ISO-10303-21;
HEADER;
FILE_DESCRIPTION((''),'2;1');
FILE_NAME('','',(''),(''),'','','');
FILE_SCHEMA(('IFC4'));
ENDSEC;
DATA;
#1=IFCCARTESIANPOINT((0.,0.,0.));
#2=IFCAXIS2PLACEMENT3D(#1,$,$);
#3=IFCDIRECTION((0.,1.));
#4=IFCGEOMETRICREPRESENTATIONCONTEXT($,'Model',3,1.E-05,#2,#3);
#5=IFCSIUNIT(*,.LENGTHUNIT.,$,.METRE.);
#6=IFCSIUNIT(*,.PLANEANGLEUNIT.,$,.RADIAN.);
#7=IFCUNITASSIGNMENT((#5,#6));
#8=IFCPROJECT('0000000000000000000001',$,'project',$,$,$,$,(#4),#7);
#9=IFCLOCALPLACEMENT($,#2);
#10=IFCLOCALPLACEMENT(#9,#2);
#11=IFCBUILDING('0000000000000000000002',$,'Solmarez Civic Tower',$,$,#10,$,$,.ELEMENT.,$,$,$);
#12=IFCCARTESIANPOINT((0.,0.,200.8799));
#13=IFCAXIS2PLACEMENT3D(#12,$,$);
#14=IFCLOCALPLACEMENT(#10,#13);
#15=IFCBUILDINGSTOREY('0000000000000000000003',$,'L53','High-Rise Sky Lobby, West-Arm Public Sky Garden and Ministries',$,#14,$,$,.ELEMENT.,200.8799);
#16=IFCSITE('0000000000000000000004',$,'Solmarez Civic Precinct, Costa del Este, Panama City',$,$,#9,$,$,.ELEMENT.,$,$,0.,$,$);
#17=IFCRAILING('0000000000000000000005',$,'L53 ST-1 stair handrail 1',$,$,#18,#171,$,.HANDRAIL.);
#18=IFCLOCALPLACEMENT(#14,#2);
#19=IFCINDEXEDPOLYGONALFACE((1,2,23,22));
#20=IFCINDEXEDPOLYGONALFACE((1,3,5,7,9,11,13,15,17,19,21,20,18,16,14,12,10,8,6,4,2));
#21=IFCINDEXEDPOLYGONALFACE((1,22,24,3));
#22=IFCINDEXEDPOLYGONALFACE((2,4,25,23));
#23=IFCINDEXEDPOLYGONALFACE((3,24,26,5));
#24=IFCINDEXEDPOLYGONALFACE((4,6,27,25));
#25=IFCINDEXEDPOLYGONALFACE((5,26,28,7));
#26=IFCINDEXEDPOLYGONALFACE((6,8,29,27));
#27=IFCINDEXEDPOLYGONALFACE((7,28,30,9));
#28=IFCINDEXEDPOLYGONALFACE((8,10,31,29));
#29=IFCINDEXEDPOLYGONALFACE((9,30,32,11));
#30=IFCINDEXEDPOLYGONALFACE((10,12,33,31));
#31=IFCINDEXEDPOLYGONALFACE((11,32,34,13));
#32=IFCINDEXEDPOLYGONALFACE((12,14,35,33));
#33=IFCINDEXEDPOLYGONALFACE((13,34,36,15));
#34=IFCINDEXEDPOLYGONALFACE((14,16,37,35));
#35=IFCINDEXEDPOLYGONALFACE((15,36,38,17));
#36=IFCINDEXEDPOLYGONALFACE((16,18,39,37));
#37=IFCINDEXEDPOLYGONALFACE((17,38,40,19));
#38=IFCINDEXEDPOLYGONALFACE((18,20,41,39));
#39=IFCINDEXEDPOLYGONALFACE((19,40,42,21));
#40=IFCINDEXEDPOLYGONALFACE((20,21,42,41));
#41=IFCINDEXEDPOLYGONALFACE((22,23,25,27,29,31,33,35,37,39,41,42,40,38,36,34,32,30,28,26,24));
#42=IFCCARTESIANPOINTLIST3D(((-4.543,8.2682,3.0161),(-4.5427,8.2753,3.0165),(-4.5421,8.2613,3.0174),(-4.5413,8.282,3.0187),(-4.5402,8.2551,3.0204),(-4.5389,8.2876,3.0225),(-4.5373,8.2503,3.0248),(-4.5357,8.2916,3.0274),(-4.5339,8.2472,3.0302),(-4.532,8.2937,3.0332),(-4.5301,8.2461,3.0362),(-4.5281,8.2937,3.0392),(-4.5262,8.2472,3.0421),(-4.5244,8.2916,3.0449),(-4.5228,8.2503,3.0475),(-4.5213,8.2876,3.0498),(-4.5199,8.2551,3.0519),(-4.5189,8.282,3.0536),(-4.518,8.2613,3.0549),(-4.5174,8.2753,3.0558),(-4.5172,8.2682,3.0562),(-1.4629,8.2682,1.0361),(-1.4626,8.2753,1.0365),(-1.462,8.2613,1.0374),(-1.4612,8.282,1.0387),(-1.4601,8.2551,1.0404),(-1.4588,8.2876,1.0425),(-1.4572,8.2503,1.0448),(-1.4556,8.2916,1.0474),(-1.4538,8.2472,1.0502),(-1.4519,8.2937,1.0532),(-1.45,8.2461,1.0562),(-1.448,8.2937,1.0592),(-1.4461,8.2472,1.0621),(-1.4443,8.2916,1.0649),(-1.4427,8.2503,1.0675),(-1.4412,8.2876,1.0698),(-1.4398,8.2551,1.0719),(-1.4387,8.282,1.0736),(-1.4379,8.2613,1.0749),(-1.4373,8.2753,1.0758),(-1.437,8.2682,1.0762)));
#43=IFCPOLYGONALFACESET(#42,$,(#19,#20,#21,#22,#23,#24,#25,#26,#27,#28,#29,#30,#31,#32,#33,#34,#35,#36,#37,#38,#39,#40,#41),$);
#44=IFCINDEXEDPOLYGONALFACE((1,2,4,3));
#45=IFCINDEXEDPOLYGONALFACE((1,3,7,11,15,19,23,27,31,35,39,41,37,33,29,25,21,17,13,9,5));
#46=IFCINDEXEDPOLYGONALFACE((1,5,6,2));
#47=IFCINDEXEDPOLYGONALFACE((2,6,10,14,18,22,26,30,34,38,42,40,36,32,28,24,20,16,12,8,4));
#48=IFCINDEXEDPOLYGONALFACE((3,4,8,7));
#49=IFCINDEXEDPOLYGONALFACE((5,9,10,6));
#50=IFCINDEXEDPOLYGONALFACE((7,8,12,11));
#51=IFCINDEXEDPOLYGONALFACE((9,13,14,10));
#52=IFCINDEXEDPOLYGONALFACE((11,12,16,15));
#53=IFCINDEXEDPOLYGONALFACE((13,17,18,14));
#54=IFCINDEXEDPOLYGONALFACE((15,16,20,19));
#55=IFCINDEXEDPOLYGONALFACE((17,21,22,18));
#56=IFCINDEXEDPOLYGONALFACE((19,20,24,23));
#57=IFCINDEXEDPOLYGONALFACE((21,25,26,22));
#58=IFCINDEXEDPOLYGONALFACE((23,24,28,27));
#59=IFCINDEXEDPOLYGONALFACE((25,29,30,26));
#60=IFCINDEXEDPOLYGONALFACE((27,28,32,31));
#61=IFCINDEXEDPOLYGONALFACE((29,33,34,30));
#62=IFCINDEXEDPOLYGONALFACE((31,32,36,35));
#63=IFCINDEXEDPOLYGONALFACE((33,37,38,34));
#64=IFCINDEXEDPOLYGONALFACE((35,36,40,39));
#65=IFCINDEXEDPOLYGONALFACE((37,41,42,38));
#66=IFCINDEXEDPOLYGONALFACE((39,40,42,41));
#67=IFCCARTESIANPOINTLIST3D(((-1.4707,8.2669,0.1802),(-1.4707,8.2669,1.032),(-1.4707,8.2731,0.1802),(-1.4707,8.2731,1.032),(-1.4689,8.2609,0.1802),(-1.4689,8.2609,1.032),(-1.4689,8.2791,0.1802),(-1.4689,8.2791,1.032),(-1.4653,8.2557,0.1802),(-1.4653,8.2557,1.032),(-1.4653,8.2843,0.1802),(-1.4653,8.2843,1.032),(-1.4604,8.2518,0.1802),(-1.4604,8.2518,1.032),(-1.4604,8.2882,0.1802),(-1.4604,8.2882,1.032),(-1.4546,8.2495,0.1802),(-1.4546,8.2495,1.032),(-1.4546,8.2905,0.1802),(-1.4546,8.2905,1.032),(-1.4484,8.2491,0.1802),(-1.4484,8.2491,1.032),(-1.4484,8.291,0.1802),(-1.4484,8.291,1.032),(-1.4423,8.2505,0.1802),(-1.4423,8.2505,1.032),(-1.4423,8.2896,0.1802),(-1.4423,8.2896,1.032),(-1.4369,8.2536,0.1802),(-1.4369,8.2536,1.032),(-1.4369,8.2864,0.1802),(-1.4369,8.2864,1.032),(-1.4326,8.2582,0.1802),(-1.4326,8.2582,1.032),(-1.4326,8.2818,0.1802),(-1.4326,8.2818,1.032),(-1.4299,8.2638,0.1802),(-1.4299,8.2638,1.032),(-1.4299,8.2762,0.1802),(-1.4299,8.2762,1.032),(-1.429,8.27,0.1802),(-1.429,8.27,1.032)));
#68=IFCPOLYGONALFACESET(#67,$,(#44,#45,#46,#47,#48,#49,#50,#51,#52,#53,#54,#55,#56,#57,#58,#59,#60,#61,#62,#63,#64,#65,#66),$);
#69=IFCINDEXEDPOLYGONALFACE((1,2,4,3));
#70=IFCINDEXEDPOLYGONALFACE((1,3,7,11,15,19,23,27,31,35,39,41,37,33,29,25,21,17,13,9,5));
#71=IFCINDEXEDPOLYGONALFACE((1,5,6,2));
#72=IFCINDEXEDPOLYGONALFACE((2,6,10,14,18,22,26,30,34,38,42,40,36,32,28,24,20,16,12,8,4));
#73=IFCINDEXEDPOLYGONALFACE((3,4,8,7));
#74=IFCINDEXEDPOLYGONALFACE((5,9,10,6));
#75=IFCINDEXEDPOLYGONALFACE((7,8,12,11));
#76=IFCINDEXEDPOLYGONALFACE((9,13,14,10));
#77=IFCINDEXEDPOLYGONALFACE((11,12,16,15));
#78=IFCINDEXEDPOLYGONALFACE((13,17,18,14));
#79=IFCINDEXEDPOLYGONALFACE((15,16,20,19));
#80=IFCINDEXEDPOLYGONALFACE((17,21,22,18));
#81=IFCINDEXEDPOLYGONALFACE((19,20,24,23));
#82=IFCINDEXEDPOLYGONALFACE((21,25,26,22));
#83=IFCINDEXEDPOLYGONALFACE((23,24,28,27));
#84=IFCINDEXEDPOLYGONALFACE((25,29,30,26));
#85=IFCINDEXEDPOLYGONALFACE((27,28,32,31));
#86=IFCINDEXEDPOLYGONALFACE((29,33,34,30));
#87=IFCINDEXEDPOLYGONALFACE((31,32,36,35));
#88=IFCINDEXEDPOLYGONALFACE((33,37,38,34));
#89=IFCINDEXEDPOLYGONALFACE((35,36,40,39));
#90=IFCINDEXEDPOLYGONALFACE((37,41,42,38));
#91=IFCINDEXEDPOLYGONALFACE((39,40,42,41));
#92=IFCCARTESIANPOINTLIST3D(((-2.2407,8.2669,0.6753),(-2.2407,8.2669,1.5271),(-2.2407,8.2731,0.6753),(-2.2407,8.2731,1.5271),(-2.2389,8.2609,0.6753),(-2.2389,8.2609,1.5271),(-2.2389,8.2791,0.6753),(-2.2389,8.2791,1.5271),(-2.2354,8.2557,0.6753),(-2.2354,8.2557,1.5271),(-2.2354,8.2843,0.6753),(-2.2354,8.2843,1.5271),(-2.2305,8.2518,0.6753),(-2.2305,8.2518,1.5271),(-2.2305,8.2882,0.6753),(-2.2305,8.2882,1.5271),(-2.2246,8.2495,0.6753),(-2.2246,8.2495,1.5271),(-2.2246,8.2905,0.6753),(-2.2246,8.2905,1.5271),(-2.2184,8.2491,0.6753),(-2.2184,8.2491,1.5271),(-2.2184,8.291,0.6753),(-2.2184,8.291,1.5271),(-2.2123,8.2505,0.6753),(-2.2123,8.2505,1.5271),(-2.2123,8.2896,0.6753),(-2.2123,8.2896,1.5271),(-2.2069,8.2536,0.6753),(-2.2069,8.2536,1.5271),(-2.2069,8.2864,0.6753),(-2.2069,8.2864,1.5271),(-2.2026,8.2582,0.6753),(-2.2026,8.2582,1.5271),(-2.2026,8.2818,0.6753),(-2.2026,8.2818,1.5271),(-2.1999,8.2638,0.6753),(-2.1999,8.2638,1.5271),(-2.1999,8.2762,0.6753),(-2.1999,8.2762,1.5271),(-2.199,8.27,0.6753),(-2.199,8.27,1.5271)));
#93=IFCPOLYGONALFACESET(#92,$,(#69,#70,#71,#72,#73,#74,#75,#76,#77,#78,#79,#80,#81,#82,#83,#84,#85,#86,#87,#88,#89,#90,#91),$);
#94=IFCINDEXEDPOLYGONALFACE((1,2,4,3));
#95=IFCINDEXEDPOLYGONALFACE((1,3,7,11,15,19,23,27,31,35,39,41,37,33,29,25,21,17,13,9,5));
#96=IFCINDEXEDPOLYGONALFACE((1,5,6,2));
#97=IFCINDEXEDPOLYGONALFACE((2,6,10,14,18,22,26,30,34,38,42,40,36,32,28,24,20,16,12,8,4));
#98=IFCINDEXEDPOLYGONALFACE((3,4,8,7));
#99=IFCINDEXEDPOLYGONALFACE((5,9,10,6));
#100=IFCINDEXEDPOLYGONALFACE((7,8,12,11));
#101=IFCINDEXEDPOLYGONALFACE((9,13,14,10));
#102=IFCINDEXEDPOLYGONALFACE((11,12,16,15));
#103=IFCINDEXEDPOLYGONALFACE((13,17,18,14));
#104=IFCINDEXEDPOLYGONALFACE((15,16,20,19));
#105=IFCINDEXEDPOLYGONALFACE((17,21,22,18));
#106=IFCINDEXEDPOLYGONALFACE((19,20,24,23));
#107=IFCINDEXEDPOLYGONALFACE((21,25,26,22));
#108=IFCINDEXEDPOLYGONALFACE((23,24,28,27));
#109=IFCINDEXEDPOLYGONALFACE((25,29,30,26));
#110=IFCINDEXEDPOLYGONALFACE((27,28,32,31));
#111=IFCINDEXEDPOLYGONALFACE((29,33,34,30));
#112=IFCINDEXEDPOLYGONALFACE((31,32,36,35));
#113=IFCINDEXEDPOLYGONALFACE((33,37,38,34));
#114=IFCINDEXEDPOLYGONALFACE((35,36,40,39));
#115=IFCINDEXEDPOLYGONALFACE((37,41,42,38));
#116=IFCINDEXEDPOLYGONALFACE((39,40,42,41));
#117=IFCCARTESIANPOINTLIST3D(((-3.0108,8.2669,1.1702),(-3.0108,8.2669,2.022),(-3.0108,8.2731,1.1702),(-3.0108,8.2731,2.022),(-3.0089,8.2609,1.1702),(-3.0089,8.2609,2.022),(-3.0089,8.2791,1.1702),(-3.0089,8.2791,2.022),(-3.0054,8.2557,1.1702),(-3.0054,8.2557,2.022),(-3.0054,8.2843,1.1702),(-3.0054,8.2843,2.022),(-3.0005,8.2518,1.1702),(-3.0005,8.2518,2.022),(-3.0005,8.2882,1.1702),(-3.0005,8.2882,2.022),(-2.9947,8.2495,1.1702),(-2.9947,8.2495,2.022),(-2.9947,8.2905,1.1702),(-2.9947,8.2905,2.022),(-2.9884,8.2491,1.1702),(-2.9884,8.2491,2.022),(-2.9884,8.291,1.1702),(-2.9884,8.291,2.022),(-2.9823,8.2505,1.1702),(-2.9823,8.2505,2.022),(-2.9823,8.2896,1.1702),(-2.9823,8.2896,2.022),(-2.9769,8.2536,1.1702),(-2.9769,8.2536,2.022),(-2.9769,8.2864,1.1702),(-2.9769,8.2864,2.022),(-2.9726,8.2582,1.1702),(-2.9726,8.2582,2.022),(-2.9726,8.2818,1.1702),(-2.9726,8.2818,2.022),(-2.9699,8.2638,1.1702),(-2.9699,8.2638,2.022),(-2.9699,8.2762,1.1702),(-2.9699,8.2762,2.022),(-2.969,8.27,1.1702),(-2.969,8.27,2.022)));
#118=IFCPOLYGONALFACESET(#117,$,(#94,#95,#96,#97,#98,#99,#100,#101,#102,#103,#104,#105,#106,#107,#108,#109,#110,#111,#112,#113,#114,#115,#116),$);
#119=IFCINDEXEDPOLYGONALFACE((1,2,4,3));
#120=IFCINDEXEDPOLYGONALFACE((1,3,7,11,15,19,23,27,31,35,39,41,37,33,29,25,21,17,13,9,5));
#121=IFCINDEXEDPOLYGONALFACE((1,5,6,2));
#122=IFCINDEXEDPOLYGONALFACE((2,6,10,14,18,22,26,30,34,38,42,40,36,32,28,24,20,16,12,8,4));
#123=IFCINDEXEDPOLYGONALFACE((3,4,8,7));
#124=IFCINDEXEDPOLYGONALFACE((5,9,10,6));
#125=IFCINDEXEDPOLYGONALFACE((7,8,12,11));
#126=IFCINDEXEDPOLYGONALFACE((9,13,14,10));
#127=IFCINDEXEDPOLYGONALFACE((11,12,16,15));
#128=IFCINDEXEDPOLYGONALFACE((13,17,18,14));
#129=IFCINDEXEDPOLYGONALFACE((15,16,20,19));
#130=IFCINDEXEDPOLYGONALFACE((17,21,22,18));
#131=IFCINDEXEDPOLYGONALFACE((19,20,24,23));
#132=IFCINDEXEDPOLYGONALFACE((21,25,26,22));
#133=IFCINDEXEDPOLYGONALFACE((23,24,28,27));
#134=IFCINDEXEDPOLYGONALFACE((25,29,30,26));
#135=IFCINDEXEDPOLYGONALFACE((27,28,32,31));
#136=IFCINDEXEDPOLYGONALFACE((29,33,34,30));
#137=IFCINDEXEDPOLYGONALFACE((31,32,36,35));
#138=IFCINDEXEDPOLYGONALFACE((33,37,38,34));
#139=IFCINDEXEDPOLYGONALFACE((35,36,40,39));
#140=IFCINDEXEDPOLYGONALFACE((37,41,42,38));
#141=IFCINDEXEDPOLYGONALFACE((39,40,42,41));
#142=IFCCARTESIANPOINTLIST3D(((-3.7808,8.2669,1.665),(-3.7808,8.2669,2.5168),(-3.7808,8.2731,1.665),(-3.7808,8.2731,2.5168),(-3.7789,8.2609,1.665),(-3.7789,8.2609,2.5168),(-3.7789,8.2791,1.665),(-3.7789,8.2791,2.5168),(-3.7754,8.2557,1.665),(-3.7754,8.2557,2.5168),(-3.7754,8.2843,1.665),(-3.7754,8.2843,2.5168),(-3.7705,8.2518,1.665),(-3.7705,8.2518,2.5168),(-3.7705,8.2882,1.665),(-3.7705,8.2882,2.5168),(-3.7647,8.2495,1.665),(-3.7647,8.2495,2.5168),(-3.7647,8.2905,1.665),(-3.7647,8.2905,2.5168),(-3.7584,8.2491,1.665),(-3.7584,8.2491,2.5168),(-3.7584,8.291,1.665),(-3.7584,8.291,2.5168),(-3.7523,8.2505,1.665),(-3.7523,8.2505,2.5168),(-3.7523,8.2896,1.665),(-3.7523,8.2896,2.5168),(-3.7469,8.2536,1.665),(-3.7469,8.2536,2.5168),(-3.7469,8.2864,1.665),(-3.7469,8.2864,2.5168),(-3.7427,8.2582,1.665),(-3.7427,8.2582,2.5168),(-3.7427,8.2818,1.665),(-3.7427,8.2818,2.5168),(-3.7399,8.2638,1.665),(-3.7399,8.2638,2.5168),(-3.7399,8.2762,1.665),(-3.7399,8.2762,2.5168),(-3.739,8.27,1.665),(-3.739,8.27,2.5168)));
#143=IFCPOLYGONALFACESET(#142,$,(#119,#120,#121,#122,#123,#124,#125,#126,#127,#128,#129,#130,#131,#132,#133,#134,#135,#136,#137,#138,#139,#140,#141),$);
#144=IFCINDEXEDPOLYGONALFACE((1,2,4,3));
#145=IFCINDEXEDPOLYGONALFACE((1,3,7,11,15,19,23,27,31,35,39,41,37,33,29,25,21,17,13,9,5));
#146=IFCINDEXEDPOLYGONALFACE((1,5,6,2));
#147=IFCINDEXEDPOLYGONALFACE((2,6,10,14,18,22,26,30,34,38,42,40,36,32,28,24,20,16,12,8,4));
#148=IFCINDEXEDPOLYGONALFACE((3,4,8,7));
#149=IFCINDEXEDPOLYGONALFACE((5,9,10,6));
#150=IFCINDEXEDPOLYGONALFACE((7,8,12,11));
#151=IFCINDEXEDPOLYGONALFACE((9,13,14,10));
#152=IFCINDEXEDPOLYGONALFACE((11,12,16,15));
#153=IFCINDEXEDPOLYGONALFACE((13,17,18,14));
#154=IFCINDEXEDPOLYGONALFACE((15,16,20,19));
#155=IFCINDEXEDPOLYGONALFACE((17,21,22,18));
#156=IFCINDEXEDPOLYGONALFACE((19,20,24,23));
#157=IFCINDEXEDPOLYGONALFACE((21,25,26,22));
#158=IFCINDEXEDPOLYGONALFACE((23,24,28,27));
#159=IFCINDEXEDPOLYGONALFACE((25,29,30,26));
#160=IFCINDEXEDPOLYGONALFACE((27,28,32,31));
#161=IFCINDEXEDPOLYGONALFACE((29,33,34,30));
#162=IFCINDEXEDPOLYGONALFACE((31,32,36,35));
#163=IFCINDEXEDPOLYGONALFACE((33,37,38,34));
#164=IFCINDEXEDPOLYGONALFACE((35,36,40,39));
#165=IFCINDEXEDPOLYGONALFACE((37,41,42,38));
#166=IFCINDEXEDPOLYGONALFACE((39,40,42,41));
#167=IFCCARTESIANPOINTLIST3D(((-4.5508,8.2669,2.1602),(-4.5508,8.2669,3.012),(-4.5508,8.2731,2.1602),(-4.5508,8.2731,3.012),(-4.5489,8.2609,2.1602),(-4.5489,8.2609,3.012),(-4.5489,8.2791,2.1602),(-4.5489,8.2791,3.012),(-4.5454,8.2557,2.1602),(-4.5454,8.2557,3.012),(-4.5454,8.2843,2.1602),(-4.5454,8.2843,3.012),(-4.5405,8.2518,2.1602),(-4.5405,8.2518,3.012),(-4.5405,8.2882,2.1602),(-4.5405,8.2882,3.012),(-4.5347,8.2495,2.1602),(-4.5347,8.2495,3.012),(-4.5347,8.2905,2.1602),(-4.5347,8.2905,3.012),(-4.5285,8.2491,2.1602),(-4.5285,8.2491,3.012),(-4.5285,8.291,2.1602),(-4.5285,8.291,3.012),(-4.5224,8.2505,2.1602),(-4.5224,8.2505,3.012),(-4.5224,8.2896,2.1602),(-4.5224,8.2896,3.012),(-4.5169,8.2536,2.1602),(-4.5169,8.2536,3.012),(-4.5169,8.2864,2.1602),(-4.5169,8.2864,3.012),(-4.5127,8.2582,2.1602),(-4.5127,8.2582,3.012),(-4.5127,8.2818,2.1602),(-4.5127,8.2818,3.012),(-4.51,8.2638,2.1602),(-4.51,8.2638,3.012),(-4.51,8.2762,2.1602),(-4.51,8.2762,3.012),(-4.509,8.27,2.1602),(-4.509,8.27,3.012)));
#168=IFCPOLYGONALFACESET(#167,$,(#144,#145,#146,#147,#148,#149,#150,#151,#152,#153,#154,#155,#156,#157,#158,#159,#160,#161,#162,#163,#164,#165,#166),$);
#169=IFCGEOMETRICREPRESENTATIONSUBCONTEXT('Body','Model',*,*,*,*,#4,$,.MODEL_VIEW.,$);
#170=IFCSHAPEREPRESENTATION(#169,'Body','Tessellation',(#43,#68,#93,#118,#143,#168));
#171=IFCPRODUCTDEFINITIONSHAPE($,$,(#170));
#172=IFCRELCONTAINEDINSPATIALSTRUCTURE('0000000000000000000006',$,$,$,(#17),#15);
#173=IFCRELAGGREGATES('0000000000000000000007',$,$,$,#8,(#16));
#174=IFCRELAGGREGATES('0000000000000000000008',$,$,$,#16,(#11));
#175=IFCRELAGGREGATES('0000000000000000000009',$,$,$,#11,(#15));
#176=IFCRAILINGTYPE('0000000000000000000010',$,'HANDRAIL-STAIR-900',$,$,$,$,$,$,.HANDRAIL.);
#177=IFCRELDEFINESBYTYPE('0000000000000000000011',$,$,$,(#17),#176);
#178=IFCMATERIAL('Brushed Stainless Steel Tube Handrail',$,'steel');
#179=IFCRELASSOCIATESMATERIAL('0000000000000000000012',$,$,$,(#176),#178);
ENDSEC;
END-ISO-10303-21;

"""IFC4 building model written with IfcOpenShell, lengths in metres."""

from ifc_helpers import new_model, si_unit, direction, frame, origin, origin_2d, place, context, subcontext, project, spatial, circle, extrude, material, type_object, element, save


model = new_model("IFC4")

# Units and contexts
model_context = context("Model", 3, precision=1e-05, world=origin(), true_north=direction((0.0, 1.0)))
body_context = subcontext(model_context, "Body", "Model", "MODEL_VIEW")
ifc_project = project(units=[si_unit("LENGTHUNIT", "METRE"), si_unit("PLANEANGLEUNIT", "RADIAN")], contexts=[model_context])

# Site, building, storey
site_placement = place(None, origin())
site = spatial("IfcSite", under=ifc_project, at=site_placement, Name="Solmarez Civic Precinct, Costa del Este, Panama City", CompositionType="ELEMENT", RefElevation=0.0)
building_placement = place(site_placement, origin())
building = spatial("IfcBuilding", under=site, at=building_placement, Name="Solmarez Civic Tower", CompositionType="ELEMENT")
storey_placement = place(building_placement, frame((0.0, 0.0, 200.8799)))
storey = spatial("IfcBuildingStorey", under=building, at=storey_placement, Name="L53", Description="High-Rise Sky Lobby, West-Arm Public Sky Garden and Ministries", CompositionType="ELEMENT", Elevation=200.8799)

# Railing
ifc_material_1 = material(Name="Brushed Stainless Steel Tube Handrail", Category="steel")
railing_type_1 = type_object("IfcRailingType", Name="HANDRAIL-STAIR-900", PredefinedType="HANDRAIL", material=ifc_material_1)
railing_1_placement = place(storey_placement, frame((-1.45, 8.27, 0.1802)))
element("IfcRailing", 1, at=railing_1_placement, inside=storey, type_object=railing_type_1, Name="L53 ST-1 stair handrail 1", PredefinedType="HANDRAIL", context=body_context, shape_type="SweptSolid", body=[
    extrude(circle(Radius=0.0239, at=origin_2d()), frame((0.0, 0.0, 0.876), z_axis=(-0.841187, 0.0, 0.540744), x_axis=(0.0, -1.0, 0.0)), (0.0, 0.0, 1.0), 3.6616),
    extrude(circle(Radius=0.021, at=origin_2d()), origin(), (0.0, 0.0, 1.0), 0.8518),
    extrude(circle(Radius=0.021, at=origin_2d()), frame((-0.77, 0.0, 0.4951)), (0.0, 0.0, 1.0), 0.8518),
    extrude(circle(Radius=0.021, at=origin_2d()), frame((-1.54, 0.0, 0.99)), (0.0, 0.0, 1.0), 0.8518),
    extrude(circle(Radius=0.021, at=origin_2d()), frame((-2.3101, 0.0, 1.4849)), (0.0, 0.0, 1.0), 0.8518),
    extrude(circle(Radius=0.021, at=origin_2d()), frame((-3.0801, 0.0, 1.98)), (0.0, 0.0, 1.0), 0.8518),
])

save(model, "model.ifc")
